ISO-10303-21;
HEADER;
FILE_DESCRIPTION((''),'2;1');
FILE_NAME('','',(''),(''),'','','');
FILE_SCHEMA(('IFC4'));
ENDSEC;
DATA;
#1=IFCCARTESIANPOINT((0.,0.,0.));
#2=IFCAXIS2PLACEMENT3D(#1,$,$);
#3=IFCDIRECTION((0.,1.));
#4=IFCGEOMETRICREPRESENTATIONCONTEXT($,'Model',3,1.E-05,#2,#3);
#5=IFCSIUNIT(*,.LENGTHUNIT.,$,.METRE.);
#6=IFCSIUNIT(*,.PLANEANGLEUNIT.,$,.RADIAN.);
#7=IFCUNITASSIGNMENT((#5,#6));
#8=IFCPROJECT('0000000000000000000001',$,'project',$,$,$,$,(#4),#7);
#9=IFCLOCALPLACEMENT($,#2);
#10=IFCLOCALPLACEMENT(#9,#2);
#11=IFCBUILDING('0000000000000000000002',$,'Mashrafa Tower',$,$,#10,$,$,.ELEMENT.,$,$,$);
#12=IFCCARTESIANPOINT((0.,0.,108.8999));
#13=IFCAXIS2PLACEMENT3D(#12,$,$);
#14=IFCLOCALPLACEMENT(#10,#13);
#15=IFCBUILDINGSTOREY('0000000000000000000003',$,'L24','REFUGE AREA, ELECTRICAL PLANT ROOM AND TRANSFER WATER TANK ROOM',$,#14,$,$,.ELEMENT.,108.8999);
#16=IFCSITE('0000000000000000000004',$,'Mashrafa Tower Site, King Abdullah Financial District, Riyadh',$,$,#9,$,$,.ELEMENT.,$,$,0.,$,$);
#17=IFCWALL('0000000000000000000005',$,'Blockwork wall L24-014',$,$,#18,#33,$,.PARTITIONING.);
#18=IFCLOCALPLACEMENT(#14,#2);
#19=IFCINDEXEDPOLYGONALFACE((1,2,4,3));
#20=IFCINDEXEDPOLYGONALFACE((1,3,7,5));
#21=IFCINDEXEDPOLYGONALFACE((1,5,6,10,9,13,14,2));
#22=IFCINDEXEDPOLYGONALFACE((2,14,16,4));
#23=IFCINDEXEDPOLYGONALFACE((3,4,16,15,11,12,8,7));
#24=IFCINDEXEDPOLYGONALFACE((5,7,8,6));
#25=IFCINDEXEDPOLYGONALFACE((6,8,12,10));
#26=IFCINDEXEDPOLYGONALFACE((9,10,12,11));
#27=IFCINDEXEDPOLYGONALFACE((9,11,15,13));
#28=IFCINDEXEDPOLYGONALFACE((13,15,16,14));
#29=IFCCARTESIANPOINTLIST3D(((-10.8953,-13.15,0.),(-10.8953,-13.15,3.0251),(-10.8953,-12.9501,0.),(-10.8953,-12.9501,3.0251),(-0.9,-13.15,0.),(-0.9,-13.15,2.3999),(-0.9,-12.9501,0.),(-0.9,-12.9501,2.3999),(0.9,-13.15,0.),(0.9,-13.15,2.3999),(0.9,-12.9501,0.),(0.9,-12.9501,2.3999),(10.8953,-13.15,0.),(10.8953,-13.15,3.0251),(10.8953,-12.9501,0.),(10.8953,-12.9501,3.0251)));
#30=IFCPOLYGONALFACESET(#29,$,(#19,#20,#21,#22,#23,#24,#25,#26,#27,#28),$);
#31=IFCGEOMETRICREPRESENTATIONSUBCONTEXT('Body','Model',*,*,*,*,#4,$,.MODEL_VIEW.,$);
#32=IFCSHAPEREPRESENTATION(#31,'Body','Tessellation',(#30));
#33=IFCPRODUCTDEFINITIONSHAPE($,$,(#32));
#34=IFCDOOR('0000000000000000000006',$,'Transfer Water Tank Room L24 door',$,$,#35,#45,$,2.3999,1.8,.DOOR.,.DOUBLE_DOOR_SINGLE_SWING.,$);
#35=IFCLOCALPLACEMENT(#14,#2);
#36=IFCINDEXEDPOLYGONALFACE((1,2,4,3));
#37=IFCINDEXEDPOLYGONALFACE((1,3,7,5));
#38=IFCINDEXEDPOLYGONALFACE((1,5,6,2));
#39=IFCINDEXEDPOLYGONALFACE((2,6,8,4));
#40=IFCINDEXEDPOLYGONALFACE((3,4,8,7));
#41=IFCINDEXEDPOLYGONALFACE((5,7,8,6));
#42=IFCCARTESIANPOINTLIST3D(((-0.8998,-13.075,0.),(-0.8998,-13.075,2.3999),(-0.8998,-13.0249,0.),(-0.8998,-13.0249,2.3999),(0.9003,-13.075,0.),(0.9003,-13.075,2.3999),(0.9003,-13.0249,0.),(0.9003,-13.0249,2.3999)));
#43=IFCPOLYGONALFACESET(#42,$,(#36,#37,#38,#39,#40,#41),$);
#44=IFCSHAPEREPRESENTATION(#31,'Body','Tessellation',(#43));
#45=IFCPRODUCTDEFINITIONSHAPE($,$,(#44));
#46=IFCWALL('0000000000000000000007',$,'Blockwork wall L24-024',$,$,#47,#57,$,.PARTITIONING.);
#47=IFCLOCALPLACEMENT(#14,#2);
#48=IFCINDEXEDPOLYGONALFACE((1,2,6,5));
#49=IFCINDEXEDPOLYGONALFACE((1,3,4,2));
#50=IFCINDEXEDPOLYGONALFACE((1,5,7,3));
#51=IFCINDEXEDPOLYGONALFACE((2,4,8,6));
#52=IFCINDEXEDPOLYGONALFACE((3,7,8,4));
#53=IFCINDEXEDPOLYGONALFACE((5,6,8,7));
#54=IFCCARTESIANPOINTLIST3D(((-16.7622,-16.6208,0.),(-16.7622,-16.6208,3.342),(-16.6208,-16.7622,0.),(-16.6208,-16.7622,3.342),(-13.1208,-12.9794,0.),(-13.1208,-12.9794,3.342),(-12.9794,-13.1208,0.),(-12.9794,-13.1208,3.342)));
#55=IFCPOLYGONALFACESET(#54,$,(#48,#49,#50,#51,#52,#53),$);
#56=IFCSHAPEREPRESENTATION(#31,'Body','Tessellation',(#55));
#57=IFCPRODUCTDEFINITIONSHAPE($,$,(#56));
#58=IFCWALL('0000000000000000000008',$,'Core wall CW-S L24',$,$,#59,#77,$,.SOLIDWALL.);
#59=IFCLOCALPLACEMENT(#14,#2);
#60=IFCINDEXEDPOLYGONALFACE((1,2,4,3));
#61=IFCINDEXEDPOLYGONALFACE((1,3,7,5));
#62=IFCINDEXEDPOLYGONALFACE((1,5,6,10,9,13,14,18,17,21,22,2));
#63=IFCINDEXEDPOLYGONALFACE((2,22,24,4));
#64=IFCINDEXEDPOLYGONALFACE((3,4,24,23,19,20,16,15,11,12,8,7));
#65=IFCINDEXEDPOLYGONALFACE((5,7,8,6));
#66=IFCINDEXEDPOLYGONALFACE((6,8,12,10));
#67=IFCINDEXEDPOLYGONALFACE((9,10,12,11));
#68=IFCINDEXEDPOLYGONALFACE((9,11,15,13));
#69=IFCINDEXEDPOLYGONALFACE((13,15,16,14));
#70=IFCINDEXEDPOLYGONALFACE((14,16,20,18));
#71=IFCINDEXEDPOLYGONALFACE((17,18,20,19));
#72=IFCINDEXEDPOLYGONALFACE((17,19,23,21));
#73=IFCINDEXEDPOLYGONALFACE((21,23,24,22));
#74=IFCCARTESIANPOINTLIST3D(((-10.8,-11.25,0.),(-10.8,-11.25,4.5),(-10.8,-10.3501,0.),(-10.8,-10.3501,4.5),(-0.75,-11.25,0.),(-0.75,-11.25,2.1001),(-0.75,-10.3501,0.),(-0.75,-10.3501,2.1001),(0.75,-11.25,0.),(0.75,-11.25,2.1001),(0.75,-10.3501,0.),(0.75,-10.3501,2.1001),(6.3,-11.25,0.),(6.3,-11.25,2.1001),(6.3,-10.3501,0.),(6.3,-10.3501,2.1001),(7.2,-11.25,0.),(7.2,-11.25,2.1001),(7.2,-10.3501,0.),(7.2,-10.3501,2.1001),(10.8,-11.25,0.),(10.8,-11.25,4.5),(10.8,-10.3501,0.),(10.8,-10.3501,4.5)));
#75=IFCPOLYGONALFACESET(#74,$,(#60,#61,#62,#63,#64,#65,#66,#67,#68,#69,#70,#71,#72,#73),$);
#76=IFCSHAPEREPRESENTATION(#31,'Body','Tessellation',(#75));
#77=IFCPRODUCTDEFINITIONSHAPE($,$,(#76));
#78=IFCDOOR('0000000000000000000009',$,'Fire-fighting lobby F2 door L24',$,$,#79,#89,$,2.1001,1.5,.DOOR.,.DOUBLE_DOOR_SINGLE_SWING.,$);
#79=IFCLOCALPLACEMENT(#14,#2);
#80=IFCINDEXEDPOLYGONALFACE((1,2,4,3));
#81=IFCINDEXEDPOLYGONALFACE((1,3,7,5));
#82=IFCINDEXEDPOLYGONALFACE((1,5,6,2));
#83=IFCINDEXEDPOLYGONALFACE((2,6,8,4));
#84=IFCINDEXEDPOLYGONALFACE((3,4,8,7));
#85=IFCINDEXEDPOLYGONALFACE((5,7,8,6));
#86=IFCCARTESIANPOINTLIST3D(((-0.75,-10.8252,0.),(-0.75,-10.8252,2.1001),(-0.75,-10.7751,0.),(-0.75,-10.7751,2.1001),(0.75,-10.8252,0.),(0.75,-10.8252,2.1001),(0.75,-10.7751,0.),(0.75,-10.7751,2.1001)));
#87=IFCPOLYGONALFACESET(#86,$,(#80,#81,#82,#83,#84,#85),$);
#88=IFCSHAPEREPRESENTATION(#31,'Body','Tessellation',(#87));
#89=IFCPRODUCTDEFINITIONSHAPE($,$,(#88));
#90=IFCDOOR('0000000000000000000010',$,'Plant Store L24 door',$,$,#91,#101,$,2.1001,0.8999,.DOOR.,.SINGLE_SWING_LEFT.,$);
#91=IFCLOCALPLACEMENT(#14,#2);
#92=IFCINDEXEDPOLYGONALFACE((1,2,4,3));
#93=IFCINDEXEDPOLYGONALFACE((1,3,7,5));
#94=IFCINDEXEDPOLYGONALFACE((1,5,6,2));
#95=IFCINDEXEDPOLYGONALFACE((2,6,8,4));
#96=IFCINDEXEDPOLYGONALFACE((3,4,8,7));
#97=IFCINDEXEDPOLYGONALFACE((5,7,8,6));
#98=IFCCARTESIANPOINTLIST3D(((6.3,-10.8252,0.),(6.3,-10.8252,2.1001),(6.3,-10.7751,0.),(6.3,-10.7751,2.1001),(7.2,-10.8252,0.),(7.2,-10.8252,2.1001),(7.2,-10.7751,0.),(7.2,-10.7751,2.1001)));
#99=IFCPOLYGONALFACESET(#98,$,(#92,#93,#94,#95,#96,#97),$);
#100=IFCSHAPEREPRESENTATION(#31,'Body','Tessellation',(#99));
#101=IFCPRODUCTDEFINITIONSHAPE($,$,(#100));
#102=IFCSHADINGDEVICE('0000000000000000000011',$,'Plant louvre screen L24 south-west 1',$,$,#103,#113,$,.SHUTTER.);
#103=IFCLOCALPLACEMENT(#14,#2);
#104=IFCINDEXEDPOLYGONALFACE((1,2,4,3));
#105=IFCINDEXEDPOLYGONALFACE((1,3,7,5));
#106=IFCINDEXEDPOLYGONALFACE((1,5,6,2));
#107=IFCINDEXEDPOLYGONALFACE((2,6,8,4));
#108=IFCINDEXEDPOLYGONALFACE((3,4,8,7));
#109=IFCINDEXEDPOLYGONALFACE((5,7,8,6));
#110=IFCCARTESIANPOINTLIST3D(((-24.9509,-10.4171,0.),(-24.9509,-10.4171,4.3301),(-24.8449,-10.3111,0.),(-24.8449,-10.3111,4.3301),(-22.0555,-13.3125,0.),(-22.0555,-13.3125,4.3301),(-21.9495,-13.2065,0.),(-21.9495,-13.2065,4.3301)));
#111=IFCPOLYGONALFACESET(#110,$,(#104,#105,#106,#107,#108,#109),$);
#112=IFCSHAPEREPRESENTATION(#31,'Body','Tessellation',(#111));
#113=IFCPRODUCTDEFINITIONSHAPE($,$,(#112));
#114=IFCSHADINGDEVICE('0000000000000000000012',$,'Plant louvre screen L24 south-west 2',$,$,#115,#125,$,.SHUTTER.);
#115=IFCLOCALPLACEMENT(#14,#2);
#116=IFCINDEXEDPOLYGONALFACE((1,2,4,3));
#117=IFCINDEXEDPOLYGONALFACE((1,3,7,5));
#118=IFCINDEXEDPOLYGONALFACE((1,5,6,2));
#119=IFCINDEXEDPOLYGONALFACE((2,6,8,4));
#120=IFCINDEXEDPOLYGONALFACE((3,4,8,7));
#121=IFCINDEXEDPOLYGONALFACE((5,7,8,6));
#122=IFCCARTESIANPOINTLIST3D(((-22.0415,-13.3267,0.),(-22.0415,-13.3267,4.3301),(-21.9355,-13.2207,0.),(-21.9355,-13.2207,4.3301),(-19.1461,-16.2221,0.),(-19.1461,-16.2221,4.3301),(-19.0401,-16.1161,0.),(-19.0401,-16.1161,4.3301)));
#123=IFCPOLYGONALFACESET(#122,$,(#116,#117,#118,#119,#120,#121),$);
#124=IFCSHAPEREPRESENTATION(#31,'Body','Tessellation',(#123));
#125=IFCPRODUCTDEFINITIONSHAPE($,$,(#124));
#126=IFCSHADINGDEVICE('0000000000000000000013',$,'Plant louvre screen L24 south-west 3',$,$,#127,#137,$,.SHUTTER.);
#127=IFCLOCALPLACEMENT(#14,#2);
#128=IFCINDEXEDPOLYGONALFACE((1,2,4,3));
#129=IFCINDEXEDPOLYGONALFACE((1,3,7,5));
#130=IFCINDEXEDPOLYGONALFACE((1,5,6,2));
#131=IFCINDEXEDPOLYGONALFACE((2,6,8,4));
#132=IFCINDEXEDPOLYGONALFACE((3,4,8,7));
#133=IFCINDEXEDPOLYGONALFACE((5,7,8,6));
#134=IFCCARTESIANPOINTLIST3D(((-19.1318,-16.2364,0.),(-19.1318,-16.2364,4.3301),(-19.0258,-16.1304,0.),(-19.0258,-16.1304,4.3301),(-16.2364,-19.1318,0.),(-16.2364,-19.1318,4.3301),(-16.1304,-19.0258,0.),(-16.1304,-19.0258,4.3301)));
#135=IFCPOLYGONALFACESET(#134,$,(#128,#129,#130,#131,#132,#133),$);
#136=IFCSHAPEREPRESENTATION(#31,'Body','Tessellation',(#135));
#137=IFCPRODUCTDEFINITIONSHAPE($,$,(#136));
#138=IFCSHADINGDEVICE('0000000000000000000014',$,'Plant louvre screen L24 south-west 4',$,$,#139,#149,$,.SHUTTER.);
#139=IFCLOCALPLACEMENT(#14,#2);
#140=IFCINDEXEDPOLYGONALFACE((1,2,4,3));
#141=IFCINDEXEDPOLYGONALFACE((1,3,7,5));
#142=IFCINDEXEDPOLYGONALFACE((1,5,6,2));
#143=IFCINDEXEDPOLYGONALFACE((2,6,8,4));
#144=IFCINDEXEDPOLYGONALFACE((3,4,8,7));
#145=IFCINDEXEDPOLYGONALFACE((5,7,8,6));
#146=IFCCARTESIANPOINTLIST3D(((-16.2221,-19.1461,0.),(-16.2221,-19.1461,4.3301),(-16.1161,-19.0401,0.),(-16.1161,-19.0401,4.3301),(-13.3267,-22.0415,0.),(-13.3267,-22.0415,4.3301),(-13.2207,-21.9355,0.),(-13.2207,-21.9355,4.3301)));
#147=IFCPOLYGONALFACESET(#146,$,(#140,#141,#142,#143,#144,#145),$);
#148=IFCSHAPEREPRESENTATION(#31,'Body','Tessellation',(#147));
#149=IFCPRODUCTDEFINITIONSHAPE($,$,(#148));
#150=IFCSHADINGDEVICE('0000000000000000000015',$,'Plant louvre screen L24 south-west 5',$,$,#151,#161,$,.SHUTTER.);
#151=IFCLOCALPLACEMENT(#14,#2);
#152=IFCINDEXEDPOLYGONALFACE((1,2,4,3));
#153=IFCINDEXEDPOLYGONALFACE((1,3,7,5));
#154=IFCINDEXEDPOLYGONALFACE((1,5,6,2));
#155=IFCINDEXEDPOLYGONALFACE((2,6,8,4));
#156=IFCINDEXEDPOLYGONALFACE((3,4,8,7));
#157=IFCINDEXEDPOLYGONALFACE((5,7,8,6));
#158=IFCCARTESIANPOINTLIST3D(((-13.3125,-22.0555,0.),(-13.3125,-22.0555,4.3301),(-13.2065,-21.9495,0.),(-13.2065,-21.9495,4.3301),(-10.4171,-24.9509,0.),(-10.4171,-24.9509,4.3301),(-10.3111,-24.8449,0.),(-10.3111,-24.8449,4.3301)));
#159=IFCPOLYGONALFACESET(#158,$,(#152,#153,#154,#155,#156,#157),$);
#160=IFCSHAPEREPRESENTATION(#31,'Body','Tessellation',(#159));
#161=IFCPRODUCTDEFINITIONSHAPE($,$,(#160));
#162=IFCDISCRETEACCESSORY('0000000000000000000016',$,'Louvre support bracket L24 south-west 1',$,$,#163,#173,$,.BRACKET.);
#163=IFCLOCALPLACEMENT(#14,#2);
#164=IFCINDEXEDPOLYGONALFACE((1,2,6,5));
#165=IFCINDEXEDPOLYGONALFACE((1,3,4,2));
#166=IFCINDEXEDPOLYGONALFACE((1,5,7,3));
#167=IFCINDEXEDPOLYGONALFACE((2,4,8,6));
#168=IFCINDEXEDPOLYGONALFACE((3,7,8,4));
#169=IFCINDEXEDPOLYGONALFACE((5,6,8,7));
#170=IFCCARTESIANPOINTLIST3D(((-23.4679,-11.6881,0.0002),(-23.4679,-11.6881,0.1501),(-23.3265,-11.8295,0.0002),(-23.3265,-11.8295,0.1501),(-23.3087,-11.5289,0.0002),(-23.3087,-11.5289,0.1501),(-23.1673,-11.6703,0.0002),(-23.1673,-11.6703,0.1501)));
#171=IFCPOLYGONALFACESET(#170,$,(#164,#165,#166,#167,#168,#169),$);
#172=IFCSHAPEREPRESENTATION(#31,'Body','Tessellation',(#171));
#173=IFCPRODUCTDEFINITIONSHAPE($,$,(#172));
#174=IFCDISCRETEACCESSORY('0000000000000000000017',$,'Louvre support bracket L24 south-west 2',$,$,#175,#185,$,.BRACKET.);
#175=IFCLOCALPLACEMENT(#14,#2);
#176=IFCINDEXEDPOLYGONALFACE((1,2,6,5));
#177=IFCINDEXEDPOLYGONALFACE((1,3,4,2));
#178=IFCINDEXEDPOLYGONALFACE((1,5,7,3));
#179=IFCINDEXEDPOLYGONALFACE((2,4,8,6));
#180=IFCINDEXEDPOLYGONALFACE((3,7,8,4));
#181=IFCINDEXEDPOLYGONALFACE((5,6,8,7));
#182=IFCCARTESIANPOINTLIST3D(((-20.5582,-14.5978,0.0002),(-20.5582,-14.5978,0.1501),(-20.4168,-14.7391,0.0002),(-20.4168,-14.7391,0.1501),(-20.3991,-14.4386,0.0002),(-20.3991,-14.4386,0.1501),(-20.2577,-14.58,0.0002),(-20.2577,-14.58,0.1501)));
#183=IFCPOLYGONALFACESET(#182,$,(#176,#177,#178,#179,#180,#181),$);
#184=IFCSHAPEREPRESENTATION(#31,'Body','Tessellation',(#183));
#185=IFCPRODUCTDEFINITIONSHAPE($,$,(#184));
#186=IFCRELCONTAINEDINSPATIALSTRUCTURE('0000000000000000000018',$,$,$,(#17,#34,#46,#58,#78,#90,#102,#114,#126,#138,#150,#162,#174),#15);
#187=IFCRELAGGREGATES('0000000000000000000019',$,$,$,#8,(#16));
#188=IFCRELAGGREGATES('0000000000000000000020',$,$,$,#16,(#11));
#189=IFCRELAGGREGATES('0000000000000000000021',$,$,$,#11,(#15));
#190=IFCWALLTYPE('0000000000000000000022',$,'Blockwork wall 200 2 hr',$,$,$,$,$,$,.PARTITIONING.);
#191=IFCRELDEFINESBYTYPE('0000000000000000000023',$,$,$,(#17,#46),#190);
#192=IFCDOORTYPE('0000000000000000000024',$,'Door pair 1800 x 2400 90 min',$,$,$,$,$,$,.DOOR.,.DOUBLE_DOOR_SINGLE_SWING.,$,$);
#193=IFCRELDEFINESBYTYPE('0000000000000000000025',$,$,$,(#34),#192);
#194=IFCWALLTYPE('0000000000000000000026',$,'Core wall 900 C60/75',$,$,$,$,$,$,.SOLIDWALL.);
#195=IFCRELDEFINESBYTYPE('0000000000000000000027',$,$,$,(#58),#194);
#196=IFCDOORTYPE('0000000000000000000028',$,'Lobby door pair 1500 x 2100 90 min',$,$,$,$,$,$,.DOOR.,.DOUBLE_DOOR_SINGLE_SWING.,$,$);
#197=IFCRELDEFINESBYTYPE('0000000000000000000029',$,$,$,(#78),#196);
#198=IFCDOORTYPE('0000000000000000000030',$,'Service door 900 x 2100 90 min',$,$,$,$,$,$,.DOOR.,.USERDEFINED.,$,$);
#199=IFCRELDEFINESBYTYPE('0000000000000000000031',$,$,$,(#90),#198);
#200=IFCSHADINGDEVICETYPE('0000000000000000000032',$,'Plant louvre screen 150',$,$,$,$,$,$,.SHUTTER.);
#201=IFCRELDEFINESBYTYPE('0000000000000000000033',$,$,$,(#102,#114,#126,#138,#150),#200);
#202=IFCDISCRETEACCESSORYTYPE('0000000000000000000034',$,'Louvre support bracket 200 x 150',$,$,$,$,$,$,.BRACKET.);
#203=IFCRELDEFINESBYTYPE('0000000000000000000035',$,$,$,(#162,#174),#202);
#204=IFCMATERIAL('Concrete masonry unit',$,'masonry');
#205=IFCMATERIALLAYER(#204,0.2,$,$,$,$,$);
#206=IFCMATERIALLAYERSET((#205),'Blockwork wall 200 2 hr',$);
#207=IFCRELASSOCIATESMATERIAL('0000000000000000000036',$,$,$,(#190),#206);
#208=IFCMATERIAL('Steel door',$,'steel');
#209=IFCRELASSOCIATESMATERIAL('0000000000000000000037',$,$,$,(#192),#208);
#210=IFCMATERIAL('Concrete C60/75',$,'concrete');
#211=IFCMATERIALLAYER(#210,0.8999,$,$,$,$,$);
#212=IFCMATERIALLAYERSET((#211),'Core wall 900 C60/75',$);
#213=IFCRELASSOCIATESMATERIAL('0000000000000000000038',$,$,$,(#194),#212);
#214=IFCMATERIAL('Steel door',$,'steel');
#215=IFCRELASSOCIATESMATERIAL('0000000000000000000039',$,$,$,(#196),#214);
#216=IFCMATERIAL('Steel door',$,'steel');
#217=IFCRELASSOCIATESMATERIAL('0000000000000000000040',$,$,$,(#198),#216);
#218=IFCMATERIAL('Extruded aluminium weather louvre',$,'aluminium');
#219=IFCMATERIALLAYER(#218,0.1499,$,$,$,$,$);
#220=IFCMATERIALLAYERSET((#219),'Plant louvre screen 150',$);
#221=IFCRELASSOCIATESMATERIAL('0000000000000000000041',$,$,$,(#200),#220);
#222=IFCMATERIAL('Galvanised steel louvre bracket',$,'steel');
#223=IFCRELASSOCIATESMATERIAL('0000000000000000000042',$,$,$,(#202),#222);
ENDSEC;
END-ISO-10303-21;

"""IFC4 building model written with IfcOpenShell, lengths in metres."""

from ifc_helpers import new_model, si_unit, direction, frame, frame_2d, origin, origin_2d, place, context, subcontext, project, spatial, rectangle, extrude, source, transform, mapped, material, layer, layer_set, type_object, type_shapes, element, fill, save


model = new_model("IFC4")

# Units and contexts
model_context = context("Model", 3, precision=1e-05, world=origin(), true_north=direction((0.0, 1.0)))
body_context = subcontext(model_context, "Body", "Model", "MODEL_VIEW")
ifc_project = project(units=[si_unit("LENGTHUNIT", "METRE"), si_unit("PLANEANGLEUNIT", "RADIAN")], contexts=[model_context])

# Site, building, storey
site_placement = place(None, origin())
site = spatial("IfcSite", under=ifc_project, at=site_placement, Name="Mashrafa Tower Site, King Abdullah Financial District, Riyadh", CompositionType="ELEMENT", RefElevation=0.0)
building_placement = place(site_placement, origin())
building = spatial("IfcBuilding", under=site, at=building_placement, Name="Mashrafa Tower", CompositionType="ELEMENT")
storey_placement = place(building_placement, frame((0.0, 0.0, 108.8999)))
storey = spatial("IfcBuildingStorey", under=building, at=storey_placement, Name="L24", Description="REFUGE AREA, ELECTRICAL PLANT ROOM AND TRANSFER WATER TANK ROOM", CompositionType="ELEMENT", Elevation=108.8999)

# Shared definitions
ifc_material_1 = material(Name="Concrete masonry unit", Category="masonry")
ifc_layer_1 = layer(ifc_material_1, 0.2)
ifc_layer_set_1 = layer_set([ifc_layer_1], Name="Blockwork wall 200 2 hr")
wall_type_1 = type_object("IfcWallType", Name="Blockwork wall 200 2 hr", PredefinedType="PARTITIONING", material=ifc_layer_set_1)

# Wall, opening, door
wall_1_placement = place(storey_placement, frame((-10.8953, -13.05, 0.0), z_axis=(0.0, 0.0, 1.0), x_axis=(1.0, 0.0, 0.0)))
wall_1 = element("IfcWall", 1, at=wall_1_placement, inside=storey, type_object=wall_type_1, Name="Blockwork wall L24-014", PredefinedType="PARTITIONING", context=body_context, shape_type="SweptSolid", body=[
    extrude(rectangle(XDim=21.7905, YDim=0.2, at=frame_2d((10.8953, 0.0))), origin(), (0.0, 0.0, 1.0), 3.0251),
])
opening_1_placement = place(wall_1_placement, frame((9.9954, 0.0, 0.0)))
opening_1 = element("IfcOpeningElement", 2, at=opening_1_placement, cuts=wall_1, PredefinedType="OPENING", context=body_context, shape_type="SweptSolid", body=[
    extrude(rectangle(XDim=1.8, YDim=2.3999, at=frame_2d((0.8999, 1.2))), frame((0.0, 0.1099, 0.0), z_axis=(0.0, -1.0, 0.0), x_axis=(1.0, 0.0, 0.0)), (0.0, 0.0, 1.0), 0.22),
])
ifc_material_2 = material(Name="Steel door", Category="steel")
door_type_1 = type_object("IfcDoorType", Name="Door pair 1800 x 2400 90 min", OperationType="DOUBLE_DOOR_SINGLE_SWING", PredefinedType="DOOR", material=ifc_material_2)
door_1_placement = place(opening_1_placement, frame((1.8, 0.0, 0.0), z_axis=(0.0, 0.0, 1.0), x_axis=(-1.0, 0.0, 0.0)))
door_1 = element("IfcDoor", 3, at=door_1_placement, inside=storey, type_object=door_type_1, Name="Transfer Water Tank Room L24 door", OperationType="DOUBLE_DOOR_SINGLE_SWING", OverallHeight=2.3999, OverallWidth=1.8, PredefinedType="DOOR", context=body_context, shape_type="SweptSolid", body=[
    extrude(rectangle(XDim=1.8, YDim=2.3999, at=frame_2d((0.8999, 1.2))), frame((0.0, 0.0249, 0.0), z_axis=(0.0, -1.0, 0.0), x_axis=(1.0, 0.0, 0.0)), (0.0, 0.0, 1.0), 0.05),
])
fill(opening_1, door_1)

# Wall
wall_2_placement = place(storey_placement, frame((-16.6914, -16.6914, 0.0), z_axis=(0.0, 0.0, 1.0), x_axis=(0.707107, 0.707107, 0.0)))
element("IfcWall", 4, at=wall_2_placement, inside=storey, type_object=wall_type_1, Name="Blockwork wall L24-024", PredefinedType="PARTITIONING", context=body_context, shape_type="SweptSolid", body=[
    extrude(rectangle(XDim=5.1497, YDim=0.2, at=frame_2d((2.5747, 0.0))), origin(), (0.0, 0.0, 1.0), 3.342),
])

# Wall, openings, doors
ifc_material_3 = material(Name="Concrete C60/75", Category="concrete")
ifc_layer_2 = layer(ifc_material_3, 0.8999)
ifc_layer_set_2 = layer_set([ifc_layer_2], Name="Core wall 900 C60/75")
wall_type_2 = type_object("IfcWallType", Name="Core wall 900 C60/75", PredefinedType="SOLIDWALL", material=ifc_layer_set_2)
wall_3_placement = place(storey_placement, frame((-10.8, -10.8, 0.0), z_axis=(0.0, 0.0, 1.0), x_axis=(1.0, 0.0, 0.0)))
wall_3 = element("IfcWall", 5, at=wall_3_placement, inside=storey, type_object=wall_type_2, Name="Core wall CW-S L24", PredefinedType="SOLIDWALL", context=body_context, shape_type="SweptSolid", body=[
    extrude(rectangle(XDim=21.6001, YDim=0.8999, at=frame_2d((10.8, 0.0))), origin(), (0.0, 0.0, 1.0), 4.5),
])
opening_2_placement = place(wall_3_placement, frame((10.05, 0.0, 0.0)))
opening_2 = element("IfcOpeningElement", 6, at=opening_2_placement, cuts=wall_3, PredefinedType="OPENING", context=body_context, shape_type="SweptSolid", body=[
    extrude(rectangle(XDim=1.5, YDim=2.1001, at=frame_2d((0.75, 1.05))), frame((0.0, 0.46, 0.0), z_axis=(0.0, -1.0, 0.0), x_axis=(1.0, 0.0, 0.0)), (0.0, 0.0, 1.0), 0.9199),
])
opening_3_placement = place(wall_3_placement, frame((17.1001, 0.0, 0.0)))
opening_3 = element("IfcOpeningElement", 7, at=opening_3_placement, cuts=wall_3, PredefinedType="OPENING", context=body_context, shape_type="SweptSolid", body=[
    extrude(rectangle(XDim=0.8999, YDim=2.1001, at=frame_2d((0.45, 1.05))), frame((0.0, 0.46, 0.0), z_axis=(0.0, -1.0, 0.0), x_axis=(1.0, 0.0, 0.0)), (0.0, 0.0, 1.0), 0.9199),
])
ifc_material_4 = material(Name="Steel door", Category="steel")
door_type_2 = type_object("IfcDoorType", Name="Lobby door pair 1500 x 2100 90 min", OperationType="DOUBLE_DOOR_SINGLE_SWING", PredefinedType="DOOR", material=ifc_material_4)
door_2_placement = place(opening_2_placement, origin())
door_2 = element("IfcDoor", 8, at=door_2_placement, inside=storey, type_object=door_type_2, Name="Fire-fighting lobby F2 door L24", OperationType="DOUBLE_DOOR_SINGLE_SWING", OverallHeight=2.1001, OverallWidth=1.5, PredefinedType="DOOR", context=body_context, shape_type="SweptSolid", body=[
    extrude(rectangle(XDim=1.5, YDim=2.1001, at=frame_2d((0.75, 1.05))), frame((0.0, 0.0249, 0.0), z_axis=(0.0, -1.0, 0.0), x_axis=(1.0, 0.0, 0.0)), (0.0, 0.0, 1.0), 0.05),
])
fill(opening_2, door_2)
ifc_material_5 = material(Name="Steel door", Category="steel")
door_type_3 = type_object("IfcDoorType", Name="Service door 900 x 2100 90 min", OperationType="USERDEFINED", PredefinedType="DOOR", material=ifc_material_5)
door_3_placement = place(opening_3_placement, origin())
door_3 = element("IfcDoor", 9, at=door_3_placement, inside=storey, type_object=door_type_3, Name="Plant Store L24 door", OperationType="SINGLE_SWING_LEFT", OverallHeight=2.1001, OverallWidth=0.8999, PredefinedType="DOOR", context=body_context, shape_type="SweptSolid", body=[
    extrude(rectangle(XDim=0.8999, YDim=2.1001, at=frame_2d((0.45, 1.05))), frame((0.0, 0.0249, 0.0), z_axis=(0.0, -1.0, 0.0), x_axis=(1.0, 0.0, 0.0)), (0.0, 0.0, 1.0), 0.05),
])
fill(opening_3, door_3)

# Shading devices
ifc_material_6 = material(Name="Extruded aluminium weather louvre", Category="aluminium")
ifc_layer_3 = layer(ifc_material_6, 0.1499)
ifc_layer_set_3 = layer_set([ifc_layer_3], Name="Plant louvre screen 150")
shading_device_type = type_object("IfcShadingDeviceType", Name="Plant louvre screen 150", PredefinedType="SHUTTER", material=ifc_layer_set_3)
shared_shape_1 = source(origin(), body_context, "Body", "SweptSolid", [
    extrude(rectangle(XDim=4.0947, YDim=0.1499, at=origin_2d()), origin(), (0.0, 0.0, 1.0), 4.3301),
])
type_shapes(shading_device_type, [shared_shape_1])
for number, where, z_axis, x_axis, name in (
    (10, (-23.4502, -11.8118, 0.0), (0.0, 0.0, 1.0), (0.707107, -0.707107, 0.0), "Plant louvre screen L24 south-west 1"),
    (11, (-20.5408, -14.7214, 0.0), (0.0, 0.0, 1.0), (0.707107, -0.707107, 0.0), "Plant louvre screen L24 south-west 2"),
    (12, (-17.6311, -17.6311, 0.0), (0.0, 0.0, 1.0), (0.707107, -0.707107, 0.0), "Plant louvre screen L24 south-west 3"),
    (13, (-14.7214, -20.5408, 0.0), (0.0, 0.0, 1.0), (0.707107, -0.707107, 0.0), "Plant louvre screen L24 south-west 4"),
    (14, (-11.8118, -23.4502, 0.0), (0.0, 0.0, 1.0), (0.707107, -0.707107, 0.0), "Plant louvre screen L24 south-west 5"),
):
    element("IfcShadingDevice", number, at=place(storey_placement, frame(where, z_axis=z_axis, x_axis=x_axis)), inside=storey, type_object=shading_device_type, Name=name, PredefinedType="SHUTTER", context=body_context, shape_type="MappedRepresentation", body=[
        mapped(shared_shape_1, transform((0.0, 0.0, 0.0))),
    ])

# Discrete accessories
ifc_material_7 = material(Name="Galvanised steel louvre bracket", Category="steel")
discrete_accessory_type = type_object("IfcDiscreteAccessoryType", Name="Louvre support bracket 200 x 150", PredefinedType="BRACKET", material=ifc_material_7)
shared_shape_2 = source(origin(), body_context, "Body", "SweptSolid", [
    extrude(rectangle(XDim=0.2, YDim=0.2251, at=origin_2d()), origin(), (0.0, 0.0, 1.0), 0.1499),
])
type_shapes(discrete_accessory_type, [shared_shape_2])
for number, where, z_axis, x_axis, name in (
    (15, (-23.3176, -11.6792, 0.0002), (0.0, 0.0, 1.0), (0.707107, -0.707107, 0.0), "Louvre support bracket L24 south-west 1"),
    (16, (-20.408, -14.5889, 0.0002), (0.0, 0.0, 1.0), (0.707107, -0.707107, 0.0), "Louvre support bracket L24 south-west 2"),
):
    element("IfcDiscreteAccessory", number, at=place(storey_placement, frame(where, z_axis=z_axis, x_axis=x_axis)), inside=storey, type_object=discrete_accessory_type, Name=name, PredefinedType="BRACKET", context=body_context, shape_type="MappedRepresentation", body=[
        mapped(shared_shape_2, transform((0.0, 0.0, 0.0))),
    ])

save(model, "model.ifc")
